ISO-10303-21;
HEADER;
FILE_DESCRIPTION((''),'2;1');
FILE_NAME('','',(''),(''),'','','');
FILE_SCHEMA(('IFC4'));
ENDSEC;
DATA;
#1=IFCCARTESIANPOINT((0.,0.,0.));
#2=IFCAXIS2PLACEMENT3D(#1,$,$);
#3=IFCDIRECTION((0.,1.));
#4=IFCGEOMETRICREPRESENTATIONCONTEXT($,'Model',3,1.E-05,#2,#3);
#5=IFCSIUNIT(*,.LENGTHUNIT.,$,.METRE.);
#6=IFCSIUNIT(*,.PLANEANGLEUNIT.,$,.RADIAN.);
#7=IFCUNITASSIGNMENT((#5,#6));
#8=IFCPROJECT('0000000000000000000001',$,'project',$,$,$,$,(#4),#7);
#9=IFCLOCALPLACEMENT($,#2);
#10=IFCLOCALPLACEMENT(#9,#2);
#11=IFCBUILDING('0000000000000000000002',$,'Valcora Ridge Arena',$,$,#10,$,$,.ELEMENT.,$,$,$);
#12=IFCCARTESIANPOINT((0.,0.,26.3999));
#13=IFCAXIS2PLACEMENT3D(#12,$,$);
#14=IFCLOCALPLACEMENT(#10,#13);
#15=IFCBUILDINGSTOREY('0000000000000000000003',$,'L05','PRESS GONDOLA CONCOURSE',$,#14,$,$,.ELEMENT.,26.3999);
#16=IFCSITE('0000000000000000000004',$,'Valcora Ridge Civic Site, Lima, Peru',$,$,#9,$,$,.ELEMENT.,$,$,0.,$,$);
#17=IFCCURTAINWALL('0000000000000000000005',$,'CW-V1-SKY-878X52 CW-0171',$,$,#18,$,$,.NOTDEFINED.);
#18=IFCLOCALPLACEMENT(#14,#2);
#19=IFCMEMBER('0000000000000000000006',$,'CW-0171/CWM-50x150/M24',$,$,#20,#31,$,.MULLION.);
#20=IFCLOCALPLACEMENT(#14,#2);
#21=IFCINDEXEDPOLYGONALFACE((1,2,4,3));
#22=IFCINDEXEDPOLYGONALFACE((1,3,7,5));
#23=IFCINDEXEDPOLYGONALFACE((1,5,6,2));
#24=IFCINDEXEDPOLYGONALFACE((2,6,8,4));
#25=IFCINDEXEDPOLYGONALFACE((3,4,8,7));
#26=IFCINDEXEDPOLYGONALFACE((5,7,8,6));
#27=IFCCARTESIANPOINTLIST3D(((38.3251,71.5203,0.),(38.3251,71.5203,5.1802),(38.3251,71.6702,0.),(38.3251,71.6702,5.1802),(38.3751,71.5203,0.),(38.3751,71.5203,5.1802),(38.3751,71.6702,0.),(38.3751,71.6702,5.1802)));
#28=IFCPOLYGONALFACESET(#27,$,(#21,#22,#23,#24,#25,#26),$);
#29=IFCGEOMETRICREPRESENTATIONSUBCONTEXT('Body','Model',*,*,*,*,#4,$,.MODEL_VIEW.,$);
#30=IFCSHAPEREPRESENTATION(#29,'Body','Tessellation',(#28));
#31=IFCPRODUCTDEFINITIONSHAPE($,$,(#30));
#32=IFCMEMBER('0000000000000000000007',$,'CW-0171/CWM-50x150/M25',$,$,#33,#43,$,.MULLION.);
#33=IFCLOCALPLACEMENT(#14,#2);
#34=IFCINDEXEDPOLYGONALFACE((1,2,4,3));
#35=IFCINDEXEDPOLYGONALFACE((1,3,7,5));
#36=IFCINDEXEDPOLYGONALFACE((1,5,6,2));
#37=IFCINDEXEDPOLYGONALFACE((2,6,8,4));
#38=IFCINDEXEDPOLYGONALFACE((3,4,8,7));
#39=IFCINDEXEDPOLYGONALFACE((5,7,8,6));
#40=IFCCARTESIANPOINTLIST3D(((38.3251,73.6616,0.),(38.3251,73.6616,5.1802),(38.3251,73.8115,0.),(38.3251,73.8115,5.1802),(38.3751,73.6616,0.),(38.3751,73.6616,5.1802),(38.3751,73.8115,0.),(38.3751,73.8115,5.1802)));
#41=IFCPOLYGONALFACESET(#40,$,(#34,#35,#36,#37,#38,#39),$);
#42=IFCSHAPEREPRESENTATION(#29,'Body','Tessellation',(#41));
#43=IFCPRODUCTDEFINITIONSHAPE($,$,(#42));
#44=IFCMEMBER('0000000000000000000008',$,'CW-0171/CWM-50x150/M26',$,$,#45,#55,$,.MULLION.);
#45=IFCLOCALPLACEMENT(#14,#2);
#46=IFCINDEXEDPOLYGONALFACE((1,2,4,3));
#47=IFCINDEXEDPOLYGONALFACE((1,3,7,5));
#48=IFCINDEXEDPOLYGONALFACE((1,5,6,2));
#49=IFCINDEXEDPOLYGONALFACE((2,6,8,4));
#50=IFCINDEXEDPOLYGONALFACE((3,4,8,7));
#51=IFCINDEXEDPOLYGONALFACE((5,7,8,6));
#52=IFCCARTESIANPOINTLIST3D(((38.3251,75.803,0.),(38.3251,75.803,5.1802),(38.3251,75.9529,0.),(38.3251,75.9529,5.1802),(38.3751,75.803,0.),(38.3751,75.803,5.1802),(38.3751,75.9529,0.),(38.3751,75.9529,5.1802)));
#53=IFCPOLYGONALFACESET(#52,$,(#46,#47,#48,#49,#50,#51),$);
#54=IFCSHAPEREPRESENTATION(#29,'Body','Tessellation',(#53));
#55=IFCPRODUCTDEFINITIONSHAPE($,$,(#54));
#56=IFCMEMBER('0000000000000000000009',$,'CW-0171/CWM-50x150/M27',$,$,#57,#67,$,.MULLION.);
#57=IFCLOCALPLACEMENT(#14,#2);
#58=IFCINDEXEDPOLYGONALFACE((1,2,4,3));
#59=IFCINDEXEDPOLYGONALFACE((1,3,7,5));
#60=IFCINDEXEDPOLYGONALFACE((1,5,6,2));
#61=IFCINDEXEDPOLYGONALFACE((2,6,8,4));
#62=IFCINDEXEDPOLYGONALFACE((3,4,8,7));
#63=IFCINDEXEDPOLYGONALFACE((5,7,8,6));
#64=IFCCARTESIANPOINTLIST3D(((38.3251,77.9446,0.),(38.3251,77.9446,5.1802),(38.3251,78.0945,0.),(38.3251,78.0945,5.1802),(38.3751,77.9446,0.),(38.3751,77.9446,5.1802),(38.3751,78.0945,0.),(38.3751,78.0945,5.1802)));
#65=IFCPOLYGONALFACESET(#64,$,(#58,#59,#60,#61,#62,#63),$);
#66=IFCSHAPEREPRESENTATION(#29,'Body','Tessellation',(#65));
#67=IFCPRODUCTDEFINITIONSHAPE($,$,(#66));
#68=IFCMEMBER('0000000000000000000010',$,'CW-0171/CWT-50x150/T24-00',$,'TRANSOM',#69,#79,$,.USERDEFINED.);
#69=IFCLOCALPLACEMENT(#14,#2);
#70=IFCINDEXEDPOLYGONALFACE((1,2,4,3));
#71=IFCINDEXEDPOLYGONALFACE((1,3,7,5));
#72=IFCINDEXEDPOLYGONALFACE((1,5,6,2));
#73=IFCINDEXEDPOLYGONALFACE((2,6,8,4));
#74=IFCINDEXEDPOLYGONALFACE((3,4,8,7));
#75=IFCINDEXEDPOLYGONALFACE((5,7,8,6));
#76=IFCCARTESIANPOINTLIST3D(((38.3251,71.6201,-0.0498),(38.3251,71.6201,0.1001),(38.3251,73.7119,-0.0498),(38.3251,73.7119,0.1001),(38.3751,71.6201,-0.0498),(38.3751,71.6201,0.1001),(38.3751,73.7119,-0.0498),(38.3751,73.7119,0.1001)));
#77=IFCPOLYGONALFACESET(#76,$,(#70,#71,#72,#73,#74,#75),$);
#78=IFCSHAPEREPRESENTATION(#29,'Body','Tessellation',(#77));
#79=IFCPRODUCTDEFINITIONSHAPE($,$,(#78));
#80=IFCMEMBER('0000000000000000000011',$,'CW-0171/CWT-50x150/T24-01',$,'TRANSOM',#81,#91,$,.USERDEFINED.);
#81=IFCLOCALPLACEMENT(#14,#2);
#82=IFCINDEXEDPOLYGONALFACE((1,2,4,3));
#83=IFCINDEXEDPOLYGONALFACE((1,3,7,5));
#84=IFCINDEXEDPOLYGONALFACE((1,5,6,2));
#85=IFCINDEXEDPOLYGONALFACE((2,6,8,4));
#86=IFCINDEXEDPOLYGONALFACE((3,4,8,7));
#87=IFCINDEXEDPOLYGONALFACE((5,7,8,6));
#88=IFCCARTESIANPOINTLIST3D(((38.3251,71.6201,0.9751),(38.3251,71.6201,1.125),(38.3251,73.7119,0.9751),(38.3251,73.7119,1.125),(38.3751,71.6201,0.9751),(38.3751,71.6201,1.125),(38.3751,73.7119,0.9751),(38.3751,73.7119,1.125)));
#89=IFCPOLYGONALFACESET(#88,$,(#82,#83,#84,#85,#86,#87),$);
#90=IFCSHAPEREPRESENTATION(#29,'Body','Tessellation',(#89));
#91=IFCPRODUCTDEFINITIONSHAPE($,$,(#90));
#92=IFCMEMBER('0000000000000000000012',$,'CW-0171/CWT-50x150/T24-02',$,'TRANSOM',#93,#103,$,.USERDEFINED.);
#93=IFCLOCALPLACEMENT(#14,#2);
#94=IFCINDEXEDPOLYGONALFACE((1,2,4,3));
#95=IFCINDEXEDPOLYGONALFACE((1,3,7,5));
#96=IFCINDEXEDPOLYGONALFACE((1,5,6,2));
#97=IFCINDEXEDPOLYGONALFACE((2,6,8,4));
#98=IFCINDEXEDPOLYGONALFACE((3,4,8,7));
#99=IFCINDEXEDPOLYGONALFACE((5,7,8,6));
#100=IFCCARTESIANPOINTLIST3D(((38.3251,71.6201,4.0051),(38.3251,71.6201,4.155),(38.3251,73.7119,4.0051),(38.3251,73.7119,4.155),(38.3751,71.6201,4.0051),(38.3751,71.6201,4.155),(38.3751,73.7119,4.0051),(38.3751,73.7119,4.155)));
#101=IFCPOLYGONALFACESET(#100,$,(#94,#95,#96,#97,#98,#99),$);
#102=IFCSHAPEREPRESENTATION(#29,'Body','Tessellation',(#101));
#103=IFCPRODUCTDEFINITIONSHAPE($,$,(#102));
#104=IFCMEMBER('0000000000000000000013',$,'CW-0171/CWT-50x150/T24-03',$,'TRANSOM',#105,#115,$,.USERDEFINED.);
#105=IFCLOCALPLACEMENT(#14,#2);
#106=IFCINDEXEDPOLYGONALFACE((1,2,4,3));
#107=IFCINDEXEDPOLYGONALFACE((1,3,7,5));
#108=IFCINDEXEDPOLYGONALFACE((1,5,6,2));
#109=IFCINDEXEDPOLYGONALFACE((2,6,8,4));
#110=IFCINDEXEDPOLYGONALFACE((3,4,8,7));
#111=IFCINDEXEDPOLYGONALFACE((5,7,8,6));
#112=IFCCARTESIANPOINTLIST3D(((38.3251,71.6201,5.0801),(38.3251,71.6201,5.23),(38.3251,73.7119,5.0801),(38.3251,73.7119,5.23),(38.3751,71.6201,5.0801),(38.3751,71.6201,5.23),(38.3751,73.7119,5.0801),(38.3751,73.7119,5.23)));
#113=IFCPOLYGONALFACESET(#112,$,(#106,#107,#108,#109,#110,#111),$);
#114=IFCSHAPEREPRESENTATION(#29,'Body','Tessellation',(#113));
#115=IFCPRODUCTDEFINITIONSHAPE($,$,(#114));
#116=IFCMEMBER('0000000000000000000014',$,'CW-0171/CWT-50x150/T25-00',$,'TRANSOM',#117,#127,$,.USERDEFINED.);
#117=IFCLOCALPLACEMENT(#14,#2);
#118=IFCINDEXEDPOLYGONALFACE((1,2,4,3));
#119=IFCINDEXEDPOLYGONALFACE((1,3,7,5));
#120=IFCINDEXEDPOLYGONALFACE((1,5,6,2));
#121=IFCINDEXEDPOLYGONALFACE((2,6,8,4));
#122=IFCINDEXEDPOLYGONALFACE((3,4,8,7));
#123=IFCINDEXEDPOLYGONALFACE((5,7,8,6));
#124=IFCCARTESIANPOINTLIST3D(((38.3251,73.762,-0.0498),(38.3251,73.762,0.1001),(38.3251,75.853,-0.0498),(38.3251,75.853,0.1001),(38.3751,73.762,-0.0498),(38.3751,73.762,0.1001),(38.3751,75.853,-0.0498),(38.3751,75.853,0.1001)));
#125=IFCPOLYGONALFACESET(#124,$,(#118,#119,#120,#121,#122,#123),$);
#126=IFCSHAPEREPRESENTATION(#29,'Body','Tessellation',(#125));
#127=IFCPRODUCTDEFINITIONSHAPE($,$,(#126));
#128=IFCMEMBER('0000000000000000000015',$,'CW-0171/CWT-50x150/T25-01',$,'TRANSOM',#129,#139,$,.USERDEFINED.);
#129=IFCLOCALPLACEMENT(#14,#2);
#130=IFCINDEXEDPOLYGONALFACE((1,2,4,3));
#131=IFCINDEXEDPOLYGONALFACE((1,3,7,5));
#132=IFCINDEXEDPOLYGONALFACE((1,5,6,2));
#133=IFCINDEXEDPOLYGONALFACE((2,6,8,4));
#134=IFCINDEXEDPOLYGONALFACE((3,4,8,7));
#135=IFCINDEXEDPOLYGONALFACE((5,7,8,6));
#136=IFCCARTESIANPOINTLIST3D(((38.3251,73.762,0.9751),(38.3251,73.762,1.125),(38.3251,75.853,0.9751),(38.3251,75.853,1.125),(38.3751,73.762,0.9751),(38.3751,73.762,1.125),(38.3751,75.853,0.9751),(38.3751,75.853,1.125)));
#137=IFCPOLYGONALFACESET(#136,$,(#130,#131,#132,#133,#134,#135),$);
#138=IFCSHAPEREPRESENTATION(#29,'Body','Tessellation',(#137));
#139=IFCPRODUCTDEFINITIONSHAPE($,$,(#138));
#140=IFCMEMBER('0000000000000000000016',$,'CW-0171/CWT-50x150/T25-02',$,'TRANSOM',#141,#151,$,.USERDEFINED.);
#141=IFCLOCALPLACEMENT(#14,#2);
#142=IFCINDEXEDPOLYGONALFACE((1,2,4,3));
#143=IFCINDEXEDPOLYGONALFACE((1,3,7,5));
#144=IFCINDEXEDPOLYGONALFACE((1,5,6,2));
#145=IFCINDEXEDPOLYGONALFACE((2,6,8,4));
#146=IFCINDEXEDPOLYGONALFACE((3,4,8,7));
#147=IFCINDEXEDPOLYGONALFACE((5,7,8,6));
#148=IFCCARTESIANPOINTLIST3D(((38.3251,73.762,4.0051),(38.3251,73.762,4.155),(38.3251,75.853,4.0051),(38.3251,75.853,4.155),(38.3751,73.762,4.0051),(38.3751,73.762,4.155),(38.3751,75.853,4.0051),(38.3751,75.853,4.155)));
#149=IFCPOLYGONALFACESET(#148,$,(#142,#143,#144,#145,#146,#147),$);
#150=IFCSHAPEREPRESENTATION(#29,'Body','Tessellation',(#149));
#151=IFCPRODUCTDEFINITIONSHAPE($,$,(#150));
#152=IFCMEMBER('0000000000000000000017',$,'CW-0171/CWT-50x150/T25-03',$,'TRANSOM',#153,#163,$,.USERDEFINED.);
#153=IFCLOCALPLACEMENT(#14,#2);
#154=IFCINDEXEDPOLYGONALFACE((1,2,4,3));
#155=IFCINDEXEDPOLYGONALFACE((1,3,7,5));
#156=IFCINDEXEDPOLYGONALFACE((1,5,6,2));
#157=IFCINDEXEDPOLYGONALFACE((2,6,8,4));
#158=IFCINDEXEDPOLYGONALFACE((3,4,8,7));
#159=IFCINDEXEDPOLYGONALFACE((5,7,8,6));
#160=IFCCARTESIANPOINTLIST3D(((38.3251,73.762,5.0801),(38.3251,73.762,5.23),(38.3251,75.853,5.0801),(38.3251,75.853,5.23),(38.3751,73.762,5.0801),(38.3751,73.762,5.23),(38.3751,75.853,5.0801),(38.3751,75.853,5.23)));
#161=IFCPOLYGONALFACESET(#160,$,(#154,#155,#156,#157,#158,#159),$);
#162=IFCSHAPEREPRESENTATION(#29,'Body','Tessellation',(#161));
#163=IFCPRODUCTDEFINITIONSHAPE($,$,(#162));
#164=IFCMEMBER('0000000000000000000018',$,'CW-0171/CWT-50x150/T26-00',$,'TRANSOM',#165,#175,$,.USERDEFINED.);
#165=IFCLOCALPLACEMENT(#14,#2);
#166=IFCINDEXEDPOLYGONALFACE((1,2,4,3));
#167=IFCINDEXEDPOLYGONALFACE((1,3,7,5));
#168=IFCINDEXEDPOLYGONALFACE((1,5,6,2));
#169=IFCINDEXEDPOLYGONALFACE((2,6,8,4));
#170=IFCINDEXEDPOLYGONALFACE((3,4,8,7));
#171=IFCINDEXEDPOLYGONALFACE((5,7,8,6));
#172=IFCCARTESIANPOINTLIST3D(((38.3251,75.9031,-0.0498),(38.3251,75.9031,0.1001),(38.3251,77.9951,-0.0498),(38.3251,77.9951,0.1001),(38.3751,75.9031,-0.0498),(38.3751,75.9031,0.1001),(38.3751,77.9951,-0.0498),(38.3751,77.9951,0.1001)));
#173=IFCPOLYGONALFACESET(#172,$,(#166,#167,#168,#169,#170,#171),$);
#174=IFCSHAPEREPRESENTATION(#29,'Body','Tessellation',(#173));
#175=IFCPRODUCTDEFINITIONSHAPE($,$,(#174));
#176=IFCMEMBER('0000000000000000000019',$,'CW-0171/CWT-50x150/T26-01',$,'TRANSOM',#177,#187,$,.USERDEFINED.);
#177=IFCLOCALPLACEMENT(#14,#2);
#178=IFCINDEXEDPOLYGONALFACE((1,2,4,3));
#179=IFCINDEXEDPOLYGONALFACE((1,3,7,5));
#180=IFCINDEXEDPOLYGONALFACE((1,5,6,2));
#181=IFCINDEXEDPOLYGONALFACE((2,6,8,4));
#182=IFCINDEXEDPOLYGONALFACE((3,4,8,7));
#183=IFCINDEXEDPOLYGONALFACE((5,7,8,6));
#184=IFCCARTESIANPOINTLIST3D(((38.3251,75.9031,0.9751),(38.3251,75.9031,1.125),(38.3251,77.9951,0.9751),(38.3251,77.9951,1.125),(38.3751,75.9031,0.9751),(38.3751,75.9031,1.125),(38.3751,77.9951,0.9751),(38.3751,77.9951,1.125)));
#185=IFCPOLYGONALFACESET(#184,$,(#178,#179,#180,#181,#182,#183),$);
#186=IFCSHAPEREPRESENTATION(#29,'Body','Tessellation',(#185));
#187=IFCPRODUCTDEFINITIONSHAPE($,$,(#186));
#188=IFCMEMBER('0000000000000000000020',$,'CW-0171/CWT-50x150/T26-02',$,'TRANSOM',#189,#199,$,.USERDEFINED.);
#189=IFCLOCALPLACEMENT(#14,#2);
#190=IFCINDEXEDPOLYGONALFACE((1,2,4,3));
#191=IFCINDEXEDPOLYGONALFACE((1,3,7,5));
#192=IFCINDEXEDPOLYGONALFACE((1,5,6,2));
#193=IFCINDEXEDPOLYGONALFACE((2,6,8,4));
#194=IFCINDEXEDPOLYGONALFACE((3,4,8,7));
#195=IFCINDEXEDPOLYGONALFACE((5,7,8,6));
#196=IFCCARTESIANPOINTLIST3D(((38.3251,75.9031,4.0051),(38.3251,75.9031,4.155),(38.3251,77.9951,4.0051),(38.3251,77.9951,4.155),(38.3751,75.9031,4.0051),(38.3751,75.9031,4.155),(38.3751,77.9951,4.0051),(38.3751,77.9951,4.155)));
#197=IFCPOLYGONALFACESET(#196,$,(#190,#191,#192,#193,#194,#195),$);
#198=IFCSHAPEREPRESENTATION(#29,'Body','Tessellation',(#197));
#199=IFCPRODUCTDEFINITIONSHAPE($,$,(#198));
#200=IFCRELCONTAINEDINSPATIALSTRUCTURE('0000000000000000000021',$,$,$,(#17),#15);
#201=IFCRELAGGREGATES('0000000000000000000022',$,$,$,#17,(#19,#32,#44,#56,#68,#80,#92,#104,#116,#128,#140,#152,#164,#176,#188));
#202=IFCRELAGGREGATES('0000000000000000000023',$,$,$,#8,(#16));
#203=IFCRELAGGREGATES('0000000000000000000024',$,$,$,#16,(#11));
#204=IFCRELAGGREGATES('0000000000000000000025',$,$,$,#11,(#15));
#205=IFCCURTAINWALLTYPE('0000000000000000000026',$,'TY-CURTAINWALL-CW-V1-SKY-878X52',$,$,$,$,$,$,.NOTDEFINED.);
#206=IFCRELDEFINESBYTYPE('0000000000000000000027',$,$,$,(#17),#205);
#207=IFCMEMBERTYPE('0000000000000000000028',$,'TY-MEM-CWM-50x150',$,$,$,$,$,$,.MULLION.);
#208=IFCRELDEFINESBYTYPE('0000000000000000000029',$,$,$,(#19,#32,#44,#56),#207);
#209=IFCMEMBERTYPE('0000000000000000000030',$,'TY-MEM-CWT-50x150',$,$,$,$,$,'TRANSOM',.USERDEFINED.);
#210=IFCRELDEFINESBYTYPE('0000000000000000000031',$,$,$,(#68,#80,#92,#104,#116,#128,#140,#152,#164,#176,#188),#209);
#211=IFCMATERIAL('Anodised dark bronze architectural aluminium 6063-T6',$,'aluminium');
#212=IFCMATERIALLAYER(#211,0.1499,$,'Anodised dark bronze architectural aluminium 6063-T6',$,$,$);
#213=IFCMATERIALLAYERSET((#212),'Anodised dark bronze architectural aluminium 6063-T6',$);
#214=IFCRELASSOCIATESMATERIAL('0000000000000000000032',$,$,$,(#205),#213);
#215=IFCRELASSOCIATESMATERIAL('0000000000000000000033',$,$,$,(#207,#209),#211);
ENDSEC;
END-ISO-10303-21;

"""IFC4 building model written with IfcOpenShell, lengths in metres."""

from ifc_helpers import new_model, si_unit, direction, frame, origin, origin_2d, place, context, subcontext, project, spatial, rectangle, extrude, material, layer, layer_set, material_profile, profile_set, type_object, element, aggregate, save


model = new_model("IFC4")

# Units and contexts
model_context = context("Model", 3, precision=1e-05, world=origin(), true_north=direction((0.0, 1.0)))
body_context = subcontext(model_context, "Body", "Model", "MODEL_VIEW")
ifc_project = project(units=[si_unit("LENGTHUNIT", "METRE"), si_unit("PLANEANGLEUNIT", "RADIAN")], contexts=[model_context])

# Site, building, storey
site_placement = place(None, origin())
site = spatial("IfcSite", under=ifc_project, at=site_placement, Name="Valcora Ridge Civic Site, Lima, Peru", CompositionType="ELEMENT", RefElevation=0.0)
building_placement = place(site_placement, origin())
building = spatial("IfcBuilding", under=site, at=building_placement, Name="Valcora Ridge Arena", CompositionType="ELEMENT")
storey_placement = place(building_placement, frame((0.0, 0.0, 26.3999)))
storey = spatial("IfcBuildingStorey", under=building, at=storey_placement, Name="L05", Description="PRESS GONDOLA CONCOURSE", CompositionType="ELEMENT", Elevation=26.3999)

# Curtain wall, members
ifc_material_1 = material(Name="Anodised dark bronze architectural aluminium 6063-T6", Category="aluminium")
ifc_layer_1 = layer(ifc_material_1, 0.1499, Name="Anodised dark bronze architectural aluminium 6063-T6")
ifc_layer_set_1 = layer_set([ifc_layer_1], Name="Anodised dark bronze architectural aluminium 6063-T6")
curtain_wall_type = type_object("IfcCurtainWallType", Name="TY-CURTAINWALL-CW-V1-SKY-878X52", PredefinedType="NOTDEFINED", material=ifc_layer_set_1)
curtain_wall_placement = place(storey_placement, origin())
curtain_wall = element("IfcCurtainWall", 1, at=curtain_wall_placement, inside=storey, type_object=curtain_wall_type, Name="CW-V1-SKY-878X52 CW-0171", PredefinedType="NOTDEFINED")
ifc_material_profile_1 = material_profile(ifc_material_1, rectangle(XDim=0.05, YDim=0.1499, at=origin_2d()), Name="ALU MULLION 50x150")
ifc_profile_set_1 = profile_set([ifc_material_profile_1], Name="Anodised dark bronze architectural aluminium 6063-T6")
member_type_1 = type_object("IfcMemberType", Name="TY-MEM-CWM-50x150", PredefinedType="MULLION", material=ifc_profile_set_1)
member_1_placement = place(storey_placement, frame((38.3501, 71.5952, 0.0), z_axis=(0.0, 0.0, 1.0), x_axis=(-1.0, 0.0, 0.0)))
member_1 = element("IfcMember", 2, at=member_1_placement, type_object=member_type_1, Name="CW-0171/CWM-50x150/M24", PredefinedType="MULLION", context=body_context, shape_type="SweptSolid", body=[
    extrude(rectangle(XDim=0.05, YDim=0.1499, at=origin_2d()), origin(), (0.0, 0.0, 1.0), 5.1802),
])
member_2_placement = place(storey_placement, frame((38.3501, 73.7366, 0.0), z_axis=(0.0, 0.0, 1.0), x_axis=(-1.0, 0.0, 0.0)))
member_2 = element("IfcMember", 3, at=member_2_placement, type_object=member_type_1, Name="CW-0171/CWM-50x150/M25", PredefinedType="MULLION", context=body_context, shape_type="SweptSolid", body=[
    extrude(rectangle(XDim=0.05, YDim=0.1499, at=origin_2d()), origin(), (0.0, 0.0, 1.0), 5.1802),
])
member_3_placement = place(storey_placement, frame((38.3501, 75.8779, 0.0), z_axis=(0.0, 0.0, 1.0), x_axis=(-1.0, 0.0, 0.0)))
member_3 = element("IfcMember", 4, at=member_3_placement, type_object=member_type_1, Name="CW-0171/CWM-50x150/M26", PredefinedType="MULLION", context=body_context, shape_type="SweptSolid", body=[
    extrude(rectangle(XDim=0.05, YDim=0.1499, at=origin_2d()), origin(), (0.0, 0.0, 1.0), 5.1802),
])
member_4_placement = place(storey_placement, frame((38.3501, 78.0195, 0.0), z_axis=(0.0, 0.0, 1.0), x_axis=(-1.0, 0.0, 0.0)))
member_4 = element("IfcMember", 5, at=member_4_placement, type_object=member_type_1, Name="CW-0171/CWM-50x150/M27", PredefinedType="MULLION", context=body_context, shape_type="SweptSolid", body=[
    extrude(rectangle(XDim=0.05, YDim=0.1499, at=origin_2d()), origin(), (0.0, 0.0, 1.0), 5.1802),
])
ifc_material_profile_2 = material_profile(ifc_material_1, rectangle(XDim=0.05, YDim=0.1499, at=origin_2d()), Name="ALU TRANSOM 50x150")
ifc_profile_set_2 = profile_set([ifc_material_profile_2], Name="Anodised dark bronze architectural aluminium 6063-T6")
member_type_2 = type_object("IfcMemberType", Name="TY-MEM-CWT-50x150", ElementType="TRANSOM", PredefinedType="USERDEFINED", material=ifc_profile_set_2)
member_5_placement = place(storey_placement, frame((38.3501, 71.6201, 0.0251), z_axis=(0.0, 1.0, 0.0), x_axis=(-1.0, 0.0, 0.0)))
member_5 = element("IfcMember", 6, at=member_5_placement, type_object=member_type_2, Name="CW-0171/CWT-50x150/T24-00", ObjectType="TRANSOM", PredefinedType="USERDEFINED", context=body_context, shape_type="SweptSolid", body=[
    extrude(rectangle(XDim=0.05, YDim=0.1499, at=origin_2d()), origin(), (0.0, 0.0, 1.0), 2.0918),
])
member_6_placement = place(storey_placement, frame((38.3501, 71.6201, 1.05), z_axis=(0.0, 1.0, 0.0), x_axis=(-1.0, 0.0, 0.0)))
member_6 = element("IfcMember", 7, at=member_6_placement, type_object=member_type_2, Name="CW-0171/CWT-50x150/T24-01", ObjectType="TRANSOM", PredefinedType="USERDEFINED", context=body_context, shape_type="SweptSolid", body=[
    extrude(rectangle(XDim=0.05, YDim=0.1499, at=origin_2d()), origin(), (0.0, 0.0, 1.0), 2.0918),
])
member_7_placement = place(storey_placement, frame((38.3501, 71.6201, 4.0801), z_axis=(0.0, 1.0, 0.0), x_axis=(-1.0, 0.0, 0.0)))
member_7 = element("IfcMember", 8, at=member_7_placement, type_object=member_type_2, Name="CW-0171/CWT-50x150/T24-02", ObjectType="TRANSOM", PredefinedType="USERDEFINED", context=body_context, shape_type="SweptSolid", body=[
    extrude(rectangle(XDim=0.05, YDim=0.1499, at=origin_2d()), origin(), (0.0, 0.0, 1.0), 2.0918),
])
member_8_placement = place(storey_placement, frame((38.3501, 71.6201, 5.155), z_axis=(0.0, 1.0, 0.0), x_axis=(-1.0, 0.0, 0.0)))
member_8 = element("IfcMember", 9, at=member_8_placement, type_object=member_type_2, Name="CW-0171/CWT-50x150/T24-03", ObjectType="TRANSOM", PredefinedType="USERDEFINED", context=body_context, shape_type="SweptSolid", body=[
    extrude(rectangle(XDim=0.05, YDim=0.1499, at=origin_2d()), origin(), (0.0, 0.0, 1.0), 2.0918),
])
member_9_placement = place(storey_placement, frame((38.3501, 73.762, 0.0251), z_axis=(0.0, 1.0, 0.0), x_axis=(-1.0, 0.0, 0.0)))
member_9 = element("IfcMember", 10, at=member_9_placement, type_object=member_type_2, Name="CW-0171/CWT-50x150/T25-00", ObjectType="TRANSOM", PredefinedType="USERDEFINED", context=body_context, shape_type="SweptSolid", body=[
    extrude(rectangle(XDim=0.05, YDim=0.1499, at=origin_2d()), origin(), (0.0, 0.0, 1.0), 2.0911),
])
member_10_placement = place(storey_placement, frame((38.3501, 73.762, 1.05), z_axis=(0.0, 1.0, 0.0), x_axis=(-1.0, 0.0, 0.0)))
member_10 = element("IfcMember", 11, at=member_10_placement, type_object=member_type_2, Name="CW-0171/CWT-50x150/T25-01", ObjectType="TRANSOM", PredefinedType="USERDEFINED", context=body_context, shape_type="SweptSolid", body=[
    extrude(rectangle(XDim=0.05, YDim=0.1499, at=origin_2d()), origin(), (0.0, 0.0, 1.0), 2.0911),
])
member_11_placement = place(storey_placement, frame((38.3501, 73.762, 4.0801), z_axis=(0.0, 1.0, 0.0), x_axis=(-1.0, 0.0, 0.0)))
member_11 = element("IfcMember", 12, at=member_11_placement, type_object=member_type_2, Name="CW-0171/CWT-50x150/T25-02", ObjectType="TRANSOM", PredefinedType="USERDEFINED", context=body_context, shape_type="SweptSolid", body=[
    extrude(rectangle(XDim=0.05, YDim=0.1499, at=origin_2d()), origin(), (0.0, 0.0, 1.0), 2.0911),
])
member_12_placement = place(storey_placement, frame((38.3501, 73.762, 5.155), z_axis=(0.0, 1.0, 0.0), x_axis=(-1.0, 0.0, 0.0)))
member_12 = element("IfcMember", 13, at=member_12_placement, type_object=member_type_2, Name="CW-0171/CWT-50x150/T25-03", ObjectType="TRANSOM", PredefinedType="USERDEFINED", context=body_context, shape_type="SweptSolid", body=[
    extrude(rectangle(XDim=0.05, YDim=0.1499, at=origin_2d()), origin(), (0.0, 0.0, 1.0), 2.0911),
])
member_13_placement = place(storey_placement, frame((38.3501, 75.9031, 0.0251), z_axis=(0.0, 1.0, 0.0), x_axis=(-1.0, 0.0, 0.0)))
member_13 = element("IfcMember", 14, at=member_13_placement, type_object=member_type_2, Name="CW-0171/CWT-50x150/T26-00", ObjectType="TRANSOM", PredefinedType="USERDEFINED", context=body_context, shape_type="SweptSolid", body=[
    extrude(rectangle(XDim=0.05, YDim=0.1499, at=origin_2d()), origin(), (0.0, 0.0, 1.0), 2.092),
])
member_14_placement = place(storey_placement, frame((38.3501, 75.9031, 1.05), z_axis=(0.0, 1.0, 0.0), x_axis=(-1.0, 0.0, 0.0)))
member_14 = element("IfcMember", 15, at=member_14_placement, type_object=member_type_2, Name="CW-0171/CWT-50x150/T26-01", ObjectType="TRANSOM", PredefinedType="USERDEFINED", context=body_context, shape_type="SweptSolid", body=[
    extrude(rectangle(XDim=0.05, YDim=0.1499, at=origin_2d()), origin(), (0.0, 0.0, 1.0), 2.092),
])
member_15_placement = place(storey_placement, frame((38.3501, 75.9031, 4.0801), z_axis=(0.0, 1.0, 0.0), x_axis=(-1.0, 0.0, 0.0)))
member_15 = element("IfcMember", 16, at=member_15_placement, type_object=member_type_2, Name="CW-0171/CWT-50x150/T26-02", ObjectType="TRANSOM", PredefinedType="USERDEFINED", context=body_context, shape_type="SweptSolid", body=[
    extrude(rectangle(XDim=0.05, YDim=0.1499, at=origin_2d()), origin(), (0.0, 0.0, 1.0), 2.092),
])
aggregate(curtain_wall, [member_1, member_2, member_3, member_4, member_5, member_6, member_7, member_8, member_9, member_10, member_11, member_12, member_13, member_14, member_15])

save(model, "model.ifc")
